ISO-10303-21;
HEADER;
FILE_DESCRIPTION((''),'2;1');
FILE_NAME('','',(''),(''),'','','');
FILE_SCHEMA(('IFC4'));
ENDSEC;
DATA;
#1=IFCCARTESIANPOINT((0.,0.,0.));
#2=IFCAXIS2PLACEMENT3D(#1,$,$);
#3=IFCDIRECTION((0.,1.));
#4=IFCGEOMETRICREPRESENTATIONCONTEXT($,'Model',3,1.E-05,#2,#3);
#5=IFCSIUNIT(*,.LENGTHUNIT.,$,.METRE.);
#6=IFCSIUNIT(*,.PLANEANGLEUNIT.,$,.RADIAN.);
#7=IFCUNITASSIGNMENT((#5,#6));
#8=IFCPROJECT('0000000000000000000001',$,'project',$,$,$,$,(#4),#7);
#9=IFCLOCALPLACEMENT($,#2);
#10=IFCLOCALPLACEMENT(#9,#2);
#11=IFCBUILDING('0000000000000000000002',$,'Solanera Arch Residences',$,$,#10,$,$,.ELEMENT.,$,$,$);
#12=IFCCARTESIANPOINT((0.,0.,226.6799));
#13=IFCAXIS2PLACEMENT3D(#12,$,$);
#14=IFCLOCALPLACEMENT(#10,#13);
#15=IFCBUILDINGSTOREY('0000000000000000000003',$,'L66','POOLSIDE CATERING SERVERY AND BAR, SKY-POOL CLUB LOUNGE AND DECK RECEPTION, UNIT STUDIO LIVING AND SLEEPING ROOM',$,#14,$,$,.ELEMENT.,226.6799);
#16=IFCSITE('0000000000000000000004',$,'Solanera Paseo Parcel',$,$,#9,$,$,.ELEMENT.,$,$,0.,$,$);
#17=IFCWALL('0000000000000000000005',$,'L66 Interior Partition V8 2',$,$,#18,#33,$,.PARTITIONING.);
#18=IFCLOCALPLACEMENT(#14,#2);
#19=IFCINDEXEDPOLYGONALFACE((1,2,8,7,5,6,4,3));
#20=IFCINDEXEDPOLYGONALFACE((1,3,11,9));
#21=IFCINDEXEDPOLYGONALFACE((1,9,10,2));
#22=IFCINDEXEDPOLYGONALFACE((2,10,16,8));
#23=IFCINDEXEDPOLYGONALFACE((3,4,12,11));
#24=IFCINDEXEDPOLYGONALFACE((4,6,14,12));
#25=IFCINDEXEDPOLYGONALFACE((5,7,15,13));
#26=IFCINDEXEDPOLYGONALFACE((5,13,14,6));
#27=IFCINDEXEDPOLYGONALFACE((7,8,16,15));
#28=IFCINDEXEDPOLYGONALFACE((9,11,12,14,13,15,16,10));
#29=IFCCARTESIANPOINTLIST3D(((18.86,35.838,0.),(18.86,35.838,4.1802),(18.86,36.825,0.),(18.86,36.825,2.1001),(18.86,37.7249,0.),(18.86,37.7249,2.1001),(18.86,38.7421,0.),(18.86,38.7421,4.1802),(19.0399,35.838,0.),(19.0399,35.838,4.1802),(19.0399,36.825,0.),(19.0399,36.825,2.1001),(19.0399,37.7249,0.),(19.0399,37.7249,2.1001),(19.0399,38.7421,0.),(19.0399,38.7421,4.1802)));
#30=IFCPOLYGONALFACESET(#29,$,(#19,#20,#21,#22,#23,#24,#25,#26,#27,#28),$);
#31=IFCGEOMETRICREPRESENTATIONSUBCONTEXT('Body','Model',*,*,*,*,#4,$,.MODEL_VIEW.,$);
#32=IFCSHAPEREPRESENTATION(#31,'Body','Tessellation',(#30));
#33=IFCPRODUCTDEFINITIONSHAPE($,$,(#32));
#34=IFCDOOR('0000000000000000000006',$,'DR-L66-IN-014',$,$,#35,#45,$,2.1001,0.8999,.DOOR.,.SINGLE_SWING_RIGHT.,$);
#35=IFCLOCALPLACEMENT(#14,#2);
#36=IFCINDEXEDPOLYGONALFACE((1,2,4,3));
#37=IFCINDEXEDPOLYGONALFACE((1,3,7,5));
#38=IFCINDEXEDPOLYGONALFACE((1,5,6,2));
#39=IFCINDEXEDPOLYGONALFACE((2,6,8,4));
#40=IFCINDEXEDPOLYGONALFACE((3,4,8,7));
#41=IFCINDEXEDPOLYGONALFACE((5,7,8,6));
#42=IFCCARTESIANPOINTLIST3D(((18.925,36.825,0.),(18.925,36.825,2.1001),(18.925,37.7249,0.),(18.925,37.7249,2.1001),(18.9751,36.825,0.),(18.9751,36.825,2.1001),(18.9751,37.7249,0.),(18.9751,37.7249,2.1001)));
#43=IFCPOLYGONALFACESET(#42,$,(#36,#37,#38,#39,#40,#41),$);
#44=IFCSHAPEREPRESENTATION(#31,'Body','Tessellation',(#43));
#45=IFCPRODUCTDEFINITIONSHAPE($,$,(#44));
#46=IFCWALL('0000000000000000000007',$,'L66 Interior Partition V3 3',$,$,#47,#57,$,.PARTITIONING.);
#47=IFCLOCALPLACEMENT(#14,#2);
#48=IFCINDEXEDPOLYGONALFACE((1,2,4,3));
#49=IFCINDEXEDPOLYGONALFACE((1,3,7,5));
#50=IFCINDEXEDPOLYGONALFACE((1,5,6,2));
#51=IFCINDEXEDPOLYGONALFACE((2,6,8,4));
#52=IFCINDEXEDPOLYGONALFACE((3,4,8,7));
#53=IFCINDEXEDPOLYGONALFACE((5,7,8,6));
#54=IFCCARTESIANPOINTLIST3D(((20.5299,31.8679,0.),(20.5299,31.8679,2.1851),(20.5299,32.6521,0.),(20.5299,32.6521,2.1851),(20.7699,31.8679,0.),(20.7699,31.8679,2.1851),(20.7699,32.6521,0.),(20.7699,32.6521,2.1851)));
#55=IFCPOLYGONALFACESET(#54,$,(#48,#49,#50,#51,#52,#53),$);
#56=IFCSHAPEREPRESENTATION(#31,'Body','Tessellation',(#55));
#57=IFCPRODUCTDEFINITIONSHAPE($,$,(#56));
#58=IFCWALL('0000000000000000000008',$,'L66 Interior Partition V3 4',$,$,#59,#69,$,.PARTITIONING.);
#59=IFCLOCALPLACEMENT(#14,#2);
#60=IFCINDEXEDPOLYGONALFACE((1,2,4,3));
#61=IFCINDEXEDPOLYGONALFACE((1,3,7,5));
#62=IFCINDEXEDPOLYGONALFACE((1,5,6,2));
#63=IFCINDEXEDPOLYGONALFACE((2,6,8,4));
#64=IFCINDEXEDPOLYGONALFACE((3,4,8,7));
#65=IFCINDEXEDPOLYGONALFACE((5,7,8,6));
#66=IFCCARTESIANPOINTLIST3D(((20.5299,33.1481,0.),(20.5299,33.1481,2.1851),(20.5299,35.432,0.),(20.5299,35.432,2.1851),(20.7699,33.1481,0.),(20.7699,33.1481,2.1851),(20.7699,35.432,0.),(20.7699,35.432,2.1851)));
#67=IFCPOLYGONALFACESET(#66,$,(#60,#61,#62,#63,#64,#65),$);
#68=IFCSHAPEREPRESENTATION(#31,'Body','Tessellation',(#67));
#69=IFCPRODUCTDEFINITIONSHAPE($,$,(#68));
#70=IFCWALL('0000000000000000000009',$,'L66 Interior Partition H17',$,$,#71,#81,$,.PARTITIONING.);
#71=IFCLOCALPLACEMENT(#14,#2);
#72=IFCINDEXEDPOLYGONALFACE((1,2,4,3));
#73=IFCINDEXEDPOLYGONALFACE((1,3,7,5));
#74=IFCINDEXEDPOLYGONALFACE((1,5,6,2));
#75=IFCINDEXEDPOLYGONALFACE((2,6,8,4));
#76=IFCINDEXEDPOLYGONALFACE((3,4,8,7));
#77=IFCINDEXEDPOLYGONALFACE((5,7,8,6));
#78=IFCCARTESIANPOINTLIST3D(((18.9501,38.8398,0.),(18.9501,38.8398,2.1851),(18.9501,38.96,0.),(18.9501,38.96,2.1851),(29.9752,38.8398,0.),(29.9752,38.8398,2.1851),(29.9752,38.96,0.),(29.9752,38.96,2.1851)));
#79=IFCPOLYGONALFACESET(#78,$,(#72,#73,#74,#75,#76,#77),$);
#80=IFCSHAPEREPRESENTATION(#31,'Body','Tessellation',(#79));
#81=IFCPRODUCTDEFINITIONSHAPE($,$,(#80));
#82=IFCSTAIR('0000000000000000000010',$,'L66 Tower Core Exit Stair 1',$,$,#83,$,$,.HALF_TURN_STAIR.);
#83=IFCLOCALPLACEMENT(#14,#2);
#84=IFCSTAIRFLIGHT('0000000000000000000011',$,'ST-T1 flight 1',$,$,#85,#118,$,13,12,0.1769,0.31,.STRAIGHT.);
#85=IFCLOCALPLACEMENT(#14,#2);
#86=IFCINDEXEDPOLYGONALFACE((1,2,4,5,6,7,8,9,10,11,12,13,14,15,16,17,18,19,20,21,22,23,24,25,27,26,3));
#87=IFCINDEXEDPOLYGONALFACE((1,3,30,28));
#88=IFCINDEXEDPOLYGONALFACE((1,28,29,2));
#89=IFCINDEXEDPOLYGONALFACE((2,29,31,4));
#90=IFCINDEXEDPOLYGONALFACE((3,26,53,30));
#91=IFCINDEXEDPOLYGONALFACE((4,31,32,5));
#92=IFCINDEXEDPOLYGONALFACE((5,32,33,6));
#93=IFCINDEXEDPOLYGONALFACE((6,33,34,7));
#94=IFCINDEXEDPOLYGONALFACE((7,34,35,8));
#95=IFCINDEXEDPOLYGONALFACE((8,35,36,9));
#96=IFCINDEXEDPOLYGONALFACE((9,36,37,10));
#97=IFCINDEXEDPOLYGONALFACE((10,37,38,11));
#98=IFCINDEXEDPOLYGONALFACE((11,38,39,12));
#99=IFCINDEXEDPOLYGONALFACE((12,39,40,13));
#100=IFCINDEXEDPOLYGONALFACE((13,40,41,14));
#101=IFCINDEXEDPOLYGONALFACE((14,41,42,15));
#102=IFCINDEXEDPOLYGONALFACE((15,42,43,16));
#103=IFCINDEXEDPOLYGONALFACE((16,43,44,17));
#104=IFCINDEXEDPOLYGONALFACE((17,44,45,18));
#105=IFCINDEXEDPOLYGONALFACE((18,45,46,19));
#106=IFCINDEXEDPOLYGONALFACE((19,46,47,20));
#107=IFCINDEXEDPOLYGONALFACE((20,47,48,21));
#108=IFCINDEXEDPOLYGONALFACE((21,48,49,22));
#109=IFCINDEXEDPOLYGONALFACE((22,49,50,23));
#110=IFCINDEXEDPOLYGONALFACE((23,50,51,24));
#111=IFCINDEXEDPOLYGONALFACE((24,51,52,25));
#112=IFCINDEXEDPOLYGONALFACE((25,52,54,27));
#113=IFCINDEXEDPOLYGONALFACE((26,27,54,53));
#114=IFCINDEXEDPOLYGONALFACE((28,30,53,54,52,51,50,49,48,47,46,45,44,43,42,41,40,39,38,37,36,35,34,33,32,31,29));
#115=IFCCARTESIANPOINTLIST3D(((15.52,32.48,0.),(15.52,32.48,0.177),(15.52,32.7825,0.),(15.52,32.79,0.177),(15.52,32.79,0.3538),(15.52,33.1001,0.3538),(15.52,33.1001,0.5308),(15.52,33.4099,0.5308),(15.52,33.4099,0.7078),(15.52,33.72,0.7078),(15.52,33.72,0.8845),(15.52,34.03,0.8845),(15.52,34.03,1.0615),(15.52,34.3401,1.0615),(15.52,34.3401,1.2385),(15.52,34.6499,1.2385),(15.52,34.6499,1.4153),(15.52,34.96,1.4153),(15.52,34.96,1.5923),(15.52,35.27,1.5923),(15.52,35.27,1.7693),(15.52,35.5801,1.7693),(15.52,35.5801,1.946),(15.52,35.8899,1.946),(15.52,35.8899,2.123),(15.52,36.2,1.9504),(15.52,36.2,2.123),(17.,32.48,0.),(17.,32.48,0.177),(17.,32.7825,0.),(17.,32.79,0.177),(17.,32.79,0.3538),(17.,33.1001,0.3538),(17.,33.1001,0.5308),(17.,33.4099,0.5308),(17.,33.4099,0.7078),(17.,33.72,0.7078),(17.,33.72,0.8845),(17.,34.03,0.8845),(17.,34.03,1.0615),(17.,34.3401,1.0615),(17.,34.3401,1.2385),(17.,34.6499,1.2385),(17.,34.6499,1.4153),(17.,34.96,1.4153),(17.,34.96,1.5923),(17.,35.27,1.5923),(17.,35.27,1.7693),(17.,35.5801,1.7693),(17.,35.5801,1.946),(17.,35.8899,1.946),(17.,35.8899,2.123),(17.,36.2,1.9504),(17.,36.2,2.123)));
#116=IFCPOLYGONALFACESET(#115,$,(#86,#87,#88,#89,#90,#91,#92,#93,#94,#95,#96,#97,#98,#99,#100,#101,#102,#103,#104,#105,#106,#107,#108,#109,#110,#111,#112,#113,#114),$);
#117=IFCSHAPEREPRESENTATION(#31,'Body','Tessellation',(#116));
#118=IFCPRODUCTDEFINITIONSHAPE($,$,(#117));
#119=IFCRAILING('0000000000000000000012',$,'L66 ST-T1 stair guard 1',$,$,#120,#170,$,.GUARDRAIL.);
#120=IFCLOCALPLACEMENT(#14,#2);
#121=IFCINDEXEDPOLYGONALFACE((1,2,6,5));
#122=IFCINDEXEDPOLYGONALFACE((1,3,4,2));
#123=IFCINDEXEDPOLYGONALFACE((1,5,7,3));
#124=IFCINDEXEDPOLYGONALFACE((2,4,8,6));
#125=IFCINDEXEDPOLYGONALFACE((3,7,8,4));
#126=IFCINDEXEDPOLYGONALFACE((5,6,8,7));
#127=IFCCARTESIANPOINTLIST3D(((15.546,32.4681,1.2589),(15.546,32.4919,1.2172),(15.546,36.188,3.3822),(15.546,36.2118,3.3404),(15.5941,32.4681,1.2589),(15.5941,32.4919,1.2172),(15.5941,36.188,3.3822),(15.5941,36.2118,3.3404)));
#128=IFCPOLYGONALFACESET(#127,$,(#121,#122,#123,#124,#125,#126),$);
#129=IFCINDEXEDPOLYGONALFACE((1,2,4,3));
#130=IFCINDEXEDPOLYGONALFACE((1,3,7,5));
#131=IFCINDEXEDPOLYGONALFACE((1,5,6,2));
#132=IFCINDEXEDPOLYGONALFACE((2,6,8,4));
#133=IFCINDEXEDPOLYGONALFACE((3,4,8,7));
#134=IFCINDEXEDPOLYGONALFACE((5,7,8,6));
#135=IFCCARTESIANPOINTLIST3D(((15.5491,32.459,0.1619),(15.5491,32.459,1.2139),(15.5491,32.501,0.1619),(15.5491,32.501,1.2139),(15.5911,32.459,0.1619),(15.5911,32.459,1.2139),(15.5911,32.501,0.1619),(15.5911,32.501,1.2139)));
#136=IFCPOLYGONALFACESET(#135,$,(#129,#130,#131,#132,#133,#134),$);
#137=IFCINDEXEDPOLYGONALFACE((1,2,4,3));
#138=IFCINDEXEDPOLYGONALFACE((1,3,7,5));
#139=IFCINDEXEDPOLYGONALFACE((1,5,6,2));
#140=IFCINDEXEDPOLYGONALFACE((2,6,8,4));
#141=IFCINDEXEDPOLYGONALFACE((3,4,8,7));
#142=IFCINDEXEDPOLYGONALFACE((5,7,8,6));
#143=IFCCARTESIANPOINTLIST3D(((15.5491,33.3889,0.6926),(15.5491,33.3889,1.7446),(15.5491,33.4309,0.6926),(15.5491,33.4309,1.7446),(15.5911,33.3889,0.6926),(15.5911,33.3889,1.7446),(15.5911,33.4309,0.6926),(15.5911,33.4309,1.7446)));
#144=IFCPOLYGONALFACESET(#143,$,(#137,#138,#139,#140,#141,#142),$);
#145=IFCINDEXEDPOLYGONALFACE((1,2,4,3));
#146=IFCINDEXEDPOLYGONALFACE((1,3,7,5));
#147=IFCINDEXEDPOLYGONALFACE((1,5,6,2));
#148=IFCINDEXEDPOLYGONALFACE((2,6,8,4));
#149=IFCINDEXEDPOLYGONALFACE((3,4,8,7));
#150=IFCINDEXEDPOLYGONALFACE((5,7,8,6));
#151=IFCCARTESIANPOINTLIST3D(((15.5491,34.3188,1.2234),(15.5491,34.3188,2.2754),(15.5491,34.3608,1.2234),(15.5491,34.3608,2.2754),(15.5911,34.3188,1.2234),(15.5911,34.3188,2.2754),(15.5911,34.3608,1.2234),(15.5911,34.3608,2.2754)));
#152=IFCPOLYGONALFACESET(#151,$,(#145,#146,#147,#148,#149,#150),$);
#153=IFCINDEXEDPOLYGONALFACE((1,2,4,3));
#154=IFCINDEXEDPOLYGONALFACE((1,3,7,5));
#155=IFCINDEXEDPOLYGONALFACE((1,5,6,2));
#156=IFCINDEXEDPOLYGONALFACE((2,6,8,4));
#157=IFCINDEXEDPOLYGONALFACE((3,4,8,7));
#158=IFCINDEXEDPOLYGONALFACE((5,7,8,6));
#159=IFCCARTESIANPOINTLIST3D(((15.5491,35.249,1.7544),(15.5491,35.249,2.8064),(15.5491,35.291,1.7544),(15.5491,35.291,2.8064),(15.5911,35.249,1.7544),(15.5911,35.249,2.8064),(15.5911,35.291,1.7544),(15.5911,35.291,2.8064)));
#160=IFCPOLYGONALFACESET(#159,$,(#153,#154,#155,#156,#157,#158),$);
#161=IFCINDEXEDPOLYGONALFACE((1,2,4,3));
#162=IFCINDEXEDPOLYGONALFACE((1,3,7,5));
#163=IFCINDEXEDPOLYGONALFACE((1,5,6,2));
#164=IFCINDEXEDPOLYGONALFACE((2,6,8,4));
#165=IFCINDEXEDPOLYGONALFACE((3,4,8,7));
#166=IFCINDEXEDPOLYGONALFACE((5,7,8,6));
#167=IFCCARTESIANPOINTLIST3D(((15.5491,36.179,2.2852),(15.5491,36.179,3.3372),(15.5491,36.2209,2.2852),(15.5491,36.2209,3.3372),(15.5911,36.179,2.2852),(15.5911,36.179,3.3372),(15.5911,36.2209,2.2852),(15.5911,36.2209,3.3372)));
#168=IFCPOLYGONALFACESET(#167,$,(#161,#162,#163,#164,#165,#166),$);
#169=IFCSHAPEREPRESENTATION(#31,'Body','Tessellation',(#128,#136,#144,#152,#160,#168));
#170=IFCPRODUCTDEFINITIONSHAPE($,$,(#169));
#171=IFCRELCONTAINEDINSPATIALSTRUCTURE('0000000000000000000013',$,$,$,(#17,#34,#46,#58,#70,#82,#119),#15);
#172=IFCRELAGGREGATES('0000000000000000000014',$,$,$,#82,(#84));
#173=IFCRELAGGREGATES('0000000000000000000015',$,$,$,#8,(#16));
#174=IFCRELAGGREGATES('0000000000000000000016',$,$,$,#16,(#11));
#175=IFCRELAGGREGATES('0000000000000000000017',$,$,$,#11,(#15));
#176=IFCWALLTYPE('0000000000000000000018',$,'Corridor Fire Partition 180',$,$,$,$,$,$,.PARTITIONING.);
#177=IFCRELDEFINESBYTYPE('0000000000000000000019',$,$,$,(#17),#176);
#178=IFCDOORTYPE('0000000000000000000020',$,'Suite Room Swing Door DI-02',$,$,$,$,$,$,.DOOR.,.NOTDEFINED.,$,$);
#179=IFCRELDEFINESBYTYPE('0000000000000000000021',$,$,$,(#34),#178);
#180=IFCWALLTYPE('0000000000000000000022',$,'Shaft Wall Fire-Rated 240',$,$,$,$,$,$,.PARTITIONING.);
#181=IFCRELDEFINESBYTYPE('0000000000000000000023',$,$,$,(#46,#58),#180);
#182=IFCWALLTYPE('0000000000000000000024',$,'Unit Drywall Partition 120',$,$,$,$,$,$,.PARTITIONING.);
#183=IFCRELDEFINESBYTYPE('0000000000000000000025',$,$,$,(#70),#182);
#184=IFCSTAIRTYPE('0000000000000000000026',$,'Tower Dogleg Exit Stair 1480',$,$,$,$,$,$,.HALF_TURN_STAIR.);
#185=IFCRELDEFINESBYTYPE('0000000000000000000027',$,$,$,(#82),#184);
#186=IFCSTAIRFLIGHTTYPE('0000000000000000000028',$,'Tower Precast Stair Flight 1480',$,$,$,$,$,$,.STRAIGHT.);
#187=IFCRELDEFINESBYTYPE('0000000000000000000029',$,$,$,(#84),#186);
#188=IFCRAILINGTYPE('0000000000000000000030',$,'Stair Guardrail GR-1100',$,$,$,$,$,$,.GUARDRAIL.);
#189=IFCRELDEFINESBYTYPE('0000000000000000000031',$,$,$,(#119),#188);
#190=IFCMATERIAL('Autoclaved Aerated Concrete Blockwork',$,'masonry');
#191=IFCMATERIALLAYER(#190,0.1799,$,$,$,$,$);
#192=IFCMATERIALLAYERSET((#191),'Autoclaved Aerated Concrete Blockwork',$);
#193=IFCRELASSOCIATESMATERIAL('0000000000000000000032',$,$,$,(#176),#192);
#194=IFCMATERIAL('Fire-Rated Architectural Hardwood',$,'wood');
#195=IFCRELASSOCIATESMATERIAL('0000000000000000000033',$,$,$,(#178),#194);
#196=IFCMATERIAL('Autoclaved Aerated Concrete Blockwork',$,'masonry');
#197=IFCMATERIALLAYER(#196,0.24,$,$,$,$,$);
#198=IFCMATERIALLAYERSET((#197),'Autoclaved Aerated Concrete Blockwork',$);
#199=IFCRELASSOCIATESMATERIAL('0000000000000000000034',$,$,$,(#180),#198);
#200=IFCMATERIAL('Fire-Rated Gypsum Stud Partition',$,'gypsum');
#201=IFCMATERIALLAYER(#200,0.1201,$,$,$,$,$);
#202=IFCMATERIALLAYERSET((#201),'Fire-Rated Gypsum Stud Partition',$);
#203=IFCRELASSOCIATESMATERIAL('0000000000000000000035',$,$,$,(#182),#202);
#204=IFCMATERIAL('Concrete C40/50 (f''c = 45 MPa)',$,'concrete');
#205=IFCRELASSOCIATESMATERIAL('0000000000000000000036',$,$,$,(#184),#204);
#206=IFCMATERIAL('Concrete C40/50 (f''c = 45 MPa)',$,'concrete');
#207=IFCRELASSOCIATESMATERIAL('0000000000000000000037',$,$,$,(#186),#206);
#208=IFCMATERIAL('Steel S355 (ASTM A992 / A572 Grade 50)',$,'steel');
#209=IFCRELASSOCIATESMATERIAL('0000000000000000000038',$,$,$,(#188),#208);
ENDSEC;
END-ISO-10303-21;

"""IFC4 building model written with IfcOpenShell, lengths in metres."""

from ifc_helpers import new_model, si_unit, direction, frame, frame_2d, origin, origin_2d, place, context, subcontext, project, spatial, polyline, rectangle, outline, extrude, material, layer, layer_set, type_object, element, fill, aggregate, save


model = new_model("IFC4")

# Units and contexts
model_context = context("Model", 3, precision=1e-05, world=origin(), true_north=direction((0.0, 1.0)))
body_context = subcontext(model_context, "Body", "Model", "MODEL_VIEW")
ifc_project = project(units=[si_unit("LENGTHUNIT", "METRE"), si_unit("PLANEANGLEUNIT", "RADIAN")], contexts=[model_context])

# Site, building, storey
site_placement = place(None, origin())
site = spatial("IfcSite", under=ifc_project, at=site_placement, Name="Solanera Paseo Parcel", CompositionType="ELEMENT", RefElevation=0.0)
building_placement = place(site_placement, origin())
building = spatial("IfcBuilding", under=site, at=building_placement, Name="Solanera Arch Residences", CompositionType="ELEMENT")
storey_placement = place(building_placement, frame((0.0, 0.0, 226.6799)))
storey = spatial("IfcBuildingStorey", under=building, at=storey_placement, Name="L66", Description="POOLSIDE CATERING SERVERY AND BAR, SKY-POOL CLUB LOUNGE AND DECK RECEPTION, UNIT STUDIO LIVING AND SLEEPING ROOM", CompositionType="ELEMENT", Elevation=226.6799)

# Shared definitions
ifc_material_1 = material(Name="Autoclaved Aerated Concrete Blockwork", Category="masonry")
ifc_layer_1 = layer(ifc_material_1, 0.1799)
ifc_layer_set_1 = layer_set([ifc_layer_1], Name="Autoclaved Aerated Concrete Blockwork")
wall_type_1 = type_object("IfcWallType", Name="Corridor Fire Partition 180", PredefinedType="PARTITIONING", material=ifc_layer_set_1)
ifc_material_2 = material(Name="Fire-Rated Architectural Hardwood", Category="wood")
door_type_1 = type_object("IfcDoorType", Name="Suite Room Swing Door DI-02", OperationType="NOTDEFINED", PredefinedType="DOOR", material=ifc_material_2)

# Wall, opening, door
wall_1_placement = place(storey_placement, frame((18.95, 35.8379, 0.0), z_axis=(0.0, 0.0, 1.0), x_axis=(0.0, 1.0, 0.0)))
wall_1 = element("IfcWall", 1, at=wall_1_placement, inside=storey, type_object=wall_type_1, Name="L66 Interior Partition V8 2", PredefinedType="PARTITIONING", context=body_context, shape_type="SweptSolid", body=[
    extrude(rectangle(XDim=2.9041, YDim=0.1799, at=frame_2d((1.4521, 0.0))), origin(), (0.0, 0.0, 1.0), 4.1802),
])
opening_1_placement = place(wall_1_placement, frame((0.9871, 0.0, 0.0)))
opening_1 = element("IfcOpeningElement", 2, at=opening_1_placement, cuts=wall_1, PredefinedType="OPENING", context=body_context, shape_type="SweptSolid", body=[
    extrude(rectangle(XDim=0.8999, YDim=2.1001, at=frame_2d((0.45, 1.05))), frame((0.0, 0.1001, 0.0), z_axis=(0.0, -1.0, 0.0), x_axis=(1.0, 0.0, 0.0)), (0.0, 0.0, 1.0), 0.1999),
])
door_1_placement = place(opening_1_placement, origin())
door_1 = element("IfcDoor", 3, at=door_1_placement, inside=storey, type_object=door_type_1, Name="DR-L66-IN-014", OperationType="SINGLE_SWING_RIGHT", OverallHeight=2.1001, OverallWidth=0.8999, PredefinedType="DOOR", context=body_context, shape_type="SweptSolid", body=[
    extrude(rectangle(XDim=0.8999, YDim=2.1001, at=frame_2d((0.45, 1.05))), frame((0.0, 0.0249, 0.0), z_axis=(0.0, -1.0, 0.0), x_axis=(1.0, 0.0, 0.0)), (0.0, 0.0, 1.0), 0.05),
])
fill(opening_1, door_1)
ifc_material_3 = material(Name="Autoclaved Aerated Concrete Blockwork", Category="masonry")
ifc_layer_2 = layer(ifc_material_3, 0.24)
ifc_layer_set_2 = layer_set([ifc_layer_2], Name="Autoclaved Aerated Concrete Blockwork")
wall_type_2 = type_object("IfcWallType", Name="Shaft Wall Fire-Rated 240", PredefinedType="PARTITIONING", material=ifc_layer_set_2)

# Walls
wall_2_placement = place(storey_placement, frame((20.6499, 31.8679, 0.0), z_axis=(0.0, 0.0, 1.0), x_axis=(0.0, 1.0, 0.0)))
element("IfcWall", 4, at=wall_2_placement, inside=storey, type_object=wall_type_2, Name="L66 Interior Partition V3 3", PredefinedType="PARTITIONING", context=body_context, shape_type="SweptSolid", body=[
    extrude(rectangle(XDim=0.7842, YDim=0.24, at=frame_2d((0.3921, 0.0))), origin(), (0.0, 0.0, 1.0), 2.1851),
])
wall_3_placement = place(storey_placement, frame((20.6499, 33.1479, 0.0), z_axis=(0.0, 0.0, 1.0), x_axis=(0.0, 1.0, 0.0)))
element("IfcWall", 5, at=wall_3_placement, inside=storey, type_object=wall_type_2, Name="L66 Interior Partition V3 4", PredefinedType="PARTITIONING", context=body_context, shape_type="SweptSolid", body=[
    extrude(rectangle(XDim=2.2839, YDim=0.24, at=frame_2d((1.1421, 0.0))), origin(), (0.0, 0.0, 1.0), 2.1851),
])
ifc_material_4 = material(Name="Fire-Rated Gypsum Stud Partition", Category="gypsum")
ifc_layer_3 = layer(ifc_material_4, 0.1201)
ifc_layer_set_3 = layer_set([ifc_layer_3], Name="Fire-Rated Gypsum Stud Partition")
wall_type_3 = type_object("IfcWallType", Name="Unit Drywall Partition 120", PredefinedType="PARTITIONING", material=ifc_layer_set_3)
wall_4_placement = place(storey_placement, frame((18.95, 38.8999, 0.0), z_axis=(0.0, 0.0, 1.0), x_axis=(1.0, 0.0, 0.0)))
element("IfcWall", 6, at=wall_4_placement, inside=storey, type_object=wall_type_3, Name="L66 Interior Partition H17", PredefinedType="PARTITIONING", context=body_context, shape_type="SweptSolid", body=[
    extrude(rectangle(XDim=11.0251, YDim=0.1201, at=frame_2d((5.5127, 0.0))), origin(), (0.0, 0.0, 1.0), 2.1851),
])

# Stair, stair flight
ifc_material_5 = material(Name="Concrete C40/50 (f'c = 45 MPa)", Category="concrete")
stair_type = type_object("IfcStairType", Name="Tower Dogleg Exit Stair 1480", PredefinedType="HALF_TURN_STAIR", material=ifc_material_5)
stair_placement = place(storey_placement, origin())
stair = element("IfcStair", 7, at=stair_placement, inside=storey, type_object=stair_type, Name="L66 Tower Core Exit Stair 1", PredefinedType="HALF_TURN_STAIR")
ifc_material_6 = material(Name="Concrete C40/50 (f'c = 45 MPa)", Category="concrete")
stair_flight_type = type_object("IfcStairFlightType", Name="Tower Precast Stair Flight 1480", PredefinedType="STRAIGHT", material=ifc_material_6)
stair_flight_placement = place(storey_placement, frame((16.26, 32.48, 0.0), z_axis=(0.0, 0.0, 1.0), x_axis=(0.0, 1.0, 0.0)))
stair_flight = element("IfcStairFlight", 8, at=stair_flight_placement, type_object=stair_flight_type, Name="ST-T1 flight 1", NumberOfRisers=13, NumberOfTreads=12, PredefinedType="STRAIGHT", RiserHeight=0.1769, TreadLength=0.31, context=body_context, shape_type="SweptSolid", body=[
    extrude(outline(polyline([(0.0, 0.0), (0.0, 0.177), (0.3101, 0.177), (0.3101, 0.3538), (0.6201, 0.3538), (0.6201, 0.5308), (0.9299, 0.5308), (0.9299, 0.7078), (1.24, 0.7078), (1.24, 0.8845), (1.55, 0.8845), (1.55, 1.0615), (1.8601, 1.0615), (1.8601, 1.2385), (2.1699, 1.2385), (2.1699, 1.4153), (2.48, 1.4153), (2.48, 1.5923), (2.79, 1.5923), (2.79, 1.7693), (3.1001, 1.7693), (3.1001, 1.946), (3.4099, 1.946), (3.4099, 2.123), (3.72, 2.123), (3.72, 2.3), (3.72, 1.9504), (0.3025, 0.0), (0.0, 0.0)])), frame((0.0, 0.74, 0.0), z_axis=(0.0, -1.0, 0.0), x_axis=(1.0, 0.0, 0.0)), (0.0, 0.0, 1.0), 1.48),
])
aggregate(stair, [stair_flight])

# Railing
ifc_material_7 = material(Name="Steel S355 (ASTM A992 / A572 Grade 50)", Category="steel")
railing_type_1 = type_object("IfcRailingType", Name="Stair Guardrail GR-1100", PredefinedType="GUARDRAIL", material=ifc_material_7)
railing_1_placement = place(storey_placement, frame((15.5701, 32.48, 0.1619)))
element("IfcRailing", 9, at=railing_1_placement, inside=storey, type_object=railing_type_1, Name="L66 ST-T1 stair guard 1", PredefinedType="GUARDRAIL", context=body_context, shape_type="SweptSolid", body=[
    extrude(rectangle(XDim=0.0481, YDim=0.0481, at=origin_2d()), frame((0.0, 0.0, 1.0762), z_axis=(0.0, 0.868485, 0.495715), x_axis=(-1.0, 0.0, 0.0)), (0.0, 0.0, 1.0), 4.2832),
    extrude(rectangle(XDim=0.042, YDim=0.042, at=origin_2d()), origin(), (0.0, 0.0, 1.0), 1.052),
    extrude(rectangle(XDim=0.042, YDim=0.042, at=origin_2d()), frame((0.0, 0.9299, 0.5308)), (0.0, 0.0, 1.0), 1.052),
    extrude(rectangle(XDim=0.042, YDim=0.042, at=origin_2d()), frame((0.0, 1.8599, 1.0615)), (0.0, 0.0, 1.0), 1.052),
    extrude(rectangle(XDim=0.042, YDim=0.042, at=origin_2d()), frame((0.0, 2.79, 1.5925)), (0.0, 0.0, 1.0), 1.052),
    extrude(rectangle(XDim=0.042, YDim=0.042, at=origin_2d()), frame((0.0, 3.72, 2.1233)), (0.0, 0.0, 1.0), 1.052),
])

save(model, "model.ifc")
